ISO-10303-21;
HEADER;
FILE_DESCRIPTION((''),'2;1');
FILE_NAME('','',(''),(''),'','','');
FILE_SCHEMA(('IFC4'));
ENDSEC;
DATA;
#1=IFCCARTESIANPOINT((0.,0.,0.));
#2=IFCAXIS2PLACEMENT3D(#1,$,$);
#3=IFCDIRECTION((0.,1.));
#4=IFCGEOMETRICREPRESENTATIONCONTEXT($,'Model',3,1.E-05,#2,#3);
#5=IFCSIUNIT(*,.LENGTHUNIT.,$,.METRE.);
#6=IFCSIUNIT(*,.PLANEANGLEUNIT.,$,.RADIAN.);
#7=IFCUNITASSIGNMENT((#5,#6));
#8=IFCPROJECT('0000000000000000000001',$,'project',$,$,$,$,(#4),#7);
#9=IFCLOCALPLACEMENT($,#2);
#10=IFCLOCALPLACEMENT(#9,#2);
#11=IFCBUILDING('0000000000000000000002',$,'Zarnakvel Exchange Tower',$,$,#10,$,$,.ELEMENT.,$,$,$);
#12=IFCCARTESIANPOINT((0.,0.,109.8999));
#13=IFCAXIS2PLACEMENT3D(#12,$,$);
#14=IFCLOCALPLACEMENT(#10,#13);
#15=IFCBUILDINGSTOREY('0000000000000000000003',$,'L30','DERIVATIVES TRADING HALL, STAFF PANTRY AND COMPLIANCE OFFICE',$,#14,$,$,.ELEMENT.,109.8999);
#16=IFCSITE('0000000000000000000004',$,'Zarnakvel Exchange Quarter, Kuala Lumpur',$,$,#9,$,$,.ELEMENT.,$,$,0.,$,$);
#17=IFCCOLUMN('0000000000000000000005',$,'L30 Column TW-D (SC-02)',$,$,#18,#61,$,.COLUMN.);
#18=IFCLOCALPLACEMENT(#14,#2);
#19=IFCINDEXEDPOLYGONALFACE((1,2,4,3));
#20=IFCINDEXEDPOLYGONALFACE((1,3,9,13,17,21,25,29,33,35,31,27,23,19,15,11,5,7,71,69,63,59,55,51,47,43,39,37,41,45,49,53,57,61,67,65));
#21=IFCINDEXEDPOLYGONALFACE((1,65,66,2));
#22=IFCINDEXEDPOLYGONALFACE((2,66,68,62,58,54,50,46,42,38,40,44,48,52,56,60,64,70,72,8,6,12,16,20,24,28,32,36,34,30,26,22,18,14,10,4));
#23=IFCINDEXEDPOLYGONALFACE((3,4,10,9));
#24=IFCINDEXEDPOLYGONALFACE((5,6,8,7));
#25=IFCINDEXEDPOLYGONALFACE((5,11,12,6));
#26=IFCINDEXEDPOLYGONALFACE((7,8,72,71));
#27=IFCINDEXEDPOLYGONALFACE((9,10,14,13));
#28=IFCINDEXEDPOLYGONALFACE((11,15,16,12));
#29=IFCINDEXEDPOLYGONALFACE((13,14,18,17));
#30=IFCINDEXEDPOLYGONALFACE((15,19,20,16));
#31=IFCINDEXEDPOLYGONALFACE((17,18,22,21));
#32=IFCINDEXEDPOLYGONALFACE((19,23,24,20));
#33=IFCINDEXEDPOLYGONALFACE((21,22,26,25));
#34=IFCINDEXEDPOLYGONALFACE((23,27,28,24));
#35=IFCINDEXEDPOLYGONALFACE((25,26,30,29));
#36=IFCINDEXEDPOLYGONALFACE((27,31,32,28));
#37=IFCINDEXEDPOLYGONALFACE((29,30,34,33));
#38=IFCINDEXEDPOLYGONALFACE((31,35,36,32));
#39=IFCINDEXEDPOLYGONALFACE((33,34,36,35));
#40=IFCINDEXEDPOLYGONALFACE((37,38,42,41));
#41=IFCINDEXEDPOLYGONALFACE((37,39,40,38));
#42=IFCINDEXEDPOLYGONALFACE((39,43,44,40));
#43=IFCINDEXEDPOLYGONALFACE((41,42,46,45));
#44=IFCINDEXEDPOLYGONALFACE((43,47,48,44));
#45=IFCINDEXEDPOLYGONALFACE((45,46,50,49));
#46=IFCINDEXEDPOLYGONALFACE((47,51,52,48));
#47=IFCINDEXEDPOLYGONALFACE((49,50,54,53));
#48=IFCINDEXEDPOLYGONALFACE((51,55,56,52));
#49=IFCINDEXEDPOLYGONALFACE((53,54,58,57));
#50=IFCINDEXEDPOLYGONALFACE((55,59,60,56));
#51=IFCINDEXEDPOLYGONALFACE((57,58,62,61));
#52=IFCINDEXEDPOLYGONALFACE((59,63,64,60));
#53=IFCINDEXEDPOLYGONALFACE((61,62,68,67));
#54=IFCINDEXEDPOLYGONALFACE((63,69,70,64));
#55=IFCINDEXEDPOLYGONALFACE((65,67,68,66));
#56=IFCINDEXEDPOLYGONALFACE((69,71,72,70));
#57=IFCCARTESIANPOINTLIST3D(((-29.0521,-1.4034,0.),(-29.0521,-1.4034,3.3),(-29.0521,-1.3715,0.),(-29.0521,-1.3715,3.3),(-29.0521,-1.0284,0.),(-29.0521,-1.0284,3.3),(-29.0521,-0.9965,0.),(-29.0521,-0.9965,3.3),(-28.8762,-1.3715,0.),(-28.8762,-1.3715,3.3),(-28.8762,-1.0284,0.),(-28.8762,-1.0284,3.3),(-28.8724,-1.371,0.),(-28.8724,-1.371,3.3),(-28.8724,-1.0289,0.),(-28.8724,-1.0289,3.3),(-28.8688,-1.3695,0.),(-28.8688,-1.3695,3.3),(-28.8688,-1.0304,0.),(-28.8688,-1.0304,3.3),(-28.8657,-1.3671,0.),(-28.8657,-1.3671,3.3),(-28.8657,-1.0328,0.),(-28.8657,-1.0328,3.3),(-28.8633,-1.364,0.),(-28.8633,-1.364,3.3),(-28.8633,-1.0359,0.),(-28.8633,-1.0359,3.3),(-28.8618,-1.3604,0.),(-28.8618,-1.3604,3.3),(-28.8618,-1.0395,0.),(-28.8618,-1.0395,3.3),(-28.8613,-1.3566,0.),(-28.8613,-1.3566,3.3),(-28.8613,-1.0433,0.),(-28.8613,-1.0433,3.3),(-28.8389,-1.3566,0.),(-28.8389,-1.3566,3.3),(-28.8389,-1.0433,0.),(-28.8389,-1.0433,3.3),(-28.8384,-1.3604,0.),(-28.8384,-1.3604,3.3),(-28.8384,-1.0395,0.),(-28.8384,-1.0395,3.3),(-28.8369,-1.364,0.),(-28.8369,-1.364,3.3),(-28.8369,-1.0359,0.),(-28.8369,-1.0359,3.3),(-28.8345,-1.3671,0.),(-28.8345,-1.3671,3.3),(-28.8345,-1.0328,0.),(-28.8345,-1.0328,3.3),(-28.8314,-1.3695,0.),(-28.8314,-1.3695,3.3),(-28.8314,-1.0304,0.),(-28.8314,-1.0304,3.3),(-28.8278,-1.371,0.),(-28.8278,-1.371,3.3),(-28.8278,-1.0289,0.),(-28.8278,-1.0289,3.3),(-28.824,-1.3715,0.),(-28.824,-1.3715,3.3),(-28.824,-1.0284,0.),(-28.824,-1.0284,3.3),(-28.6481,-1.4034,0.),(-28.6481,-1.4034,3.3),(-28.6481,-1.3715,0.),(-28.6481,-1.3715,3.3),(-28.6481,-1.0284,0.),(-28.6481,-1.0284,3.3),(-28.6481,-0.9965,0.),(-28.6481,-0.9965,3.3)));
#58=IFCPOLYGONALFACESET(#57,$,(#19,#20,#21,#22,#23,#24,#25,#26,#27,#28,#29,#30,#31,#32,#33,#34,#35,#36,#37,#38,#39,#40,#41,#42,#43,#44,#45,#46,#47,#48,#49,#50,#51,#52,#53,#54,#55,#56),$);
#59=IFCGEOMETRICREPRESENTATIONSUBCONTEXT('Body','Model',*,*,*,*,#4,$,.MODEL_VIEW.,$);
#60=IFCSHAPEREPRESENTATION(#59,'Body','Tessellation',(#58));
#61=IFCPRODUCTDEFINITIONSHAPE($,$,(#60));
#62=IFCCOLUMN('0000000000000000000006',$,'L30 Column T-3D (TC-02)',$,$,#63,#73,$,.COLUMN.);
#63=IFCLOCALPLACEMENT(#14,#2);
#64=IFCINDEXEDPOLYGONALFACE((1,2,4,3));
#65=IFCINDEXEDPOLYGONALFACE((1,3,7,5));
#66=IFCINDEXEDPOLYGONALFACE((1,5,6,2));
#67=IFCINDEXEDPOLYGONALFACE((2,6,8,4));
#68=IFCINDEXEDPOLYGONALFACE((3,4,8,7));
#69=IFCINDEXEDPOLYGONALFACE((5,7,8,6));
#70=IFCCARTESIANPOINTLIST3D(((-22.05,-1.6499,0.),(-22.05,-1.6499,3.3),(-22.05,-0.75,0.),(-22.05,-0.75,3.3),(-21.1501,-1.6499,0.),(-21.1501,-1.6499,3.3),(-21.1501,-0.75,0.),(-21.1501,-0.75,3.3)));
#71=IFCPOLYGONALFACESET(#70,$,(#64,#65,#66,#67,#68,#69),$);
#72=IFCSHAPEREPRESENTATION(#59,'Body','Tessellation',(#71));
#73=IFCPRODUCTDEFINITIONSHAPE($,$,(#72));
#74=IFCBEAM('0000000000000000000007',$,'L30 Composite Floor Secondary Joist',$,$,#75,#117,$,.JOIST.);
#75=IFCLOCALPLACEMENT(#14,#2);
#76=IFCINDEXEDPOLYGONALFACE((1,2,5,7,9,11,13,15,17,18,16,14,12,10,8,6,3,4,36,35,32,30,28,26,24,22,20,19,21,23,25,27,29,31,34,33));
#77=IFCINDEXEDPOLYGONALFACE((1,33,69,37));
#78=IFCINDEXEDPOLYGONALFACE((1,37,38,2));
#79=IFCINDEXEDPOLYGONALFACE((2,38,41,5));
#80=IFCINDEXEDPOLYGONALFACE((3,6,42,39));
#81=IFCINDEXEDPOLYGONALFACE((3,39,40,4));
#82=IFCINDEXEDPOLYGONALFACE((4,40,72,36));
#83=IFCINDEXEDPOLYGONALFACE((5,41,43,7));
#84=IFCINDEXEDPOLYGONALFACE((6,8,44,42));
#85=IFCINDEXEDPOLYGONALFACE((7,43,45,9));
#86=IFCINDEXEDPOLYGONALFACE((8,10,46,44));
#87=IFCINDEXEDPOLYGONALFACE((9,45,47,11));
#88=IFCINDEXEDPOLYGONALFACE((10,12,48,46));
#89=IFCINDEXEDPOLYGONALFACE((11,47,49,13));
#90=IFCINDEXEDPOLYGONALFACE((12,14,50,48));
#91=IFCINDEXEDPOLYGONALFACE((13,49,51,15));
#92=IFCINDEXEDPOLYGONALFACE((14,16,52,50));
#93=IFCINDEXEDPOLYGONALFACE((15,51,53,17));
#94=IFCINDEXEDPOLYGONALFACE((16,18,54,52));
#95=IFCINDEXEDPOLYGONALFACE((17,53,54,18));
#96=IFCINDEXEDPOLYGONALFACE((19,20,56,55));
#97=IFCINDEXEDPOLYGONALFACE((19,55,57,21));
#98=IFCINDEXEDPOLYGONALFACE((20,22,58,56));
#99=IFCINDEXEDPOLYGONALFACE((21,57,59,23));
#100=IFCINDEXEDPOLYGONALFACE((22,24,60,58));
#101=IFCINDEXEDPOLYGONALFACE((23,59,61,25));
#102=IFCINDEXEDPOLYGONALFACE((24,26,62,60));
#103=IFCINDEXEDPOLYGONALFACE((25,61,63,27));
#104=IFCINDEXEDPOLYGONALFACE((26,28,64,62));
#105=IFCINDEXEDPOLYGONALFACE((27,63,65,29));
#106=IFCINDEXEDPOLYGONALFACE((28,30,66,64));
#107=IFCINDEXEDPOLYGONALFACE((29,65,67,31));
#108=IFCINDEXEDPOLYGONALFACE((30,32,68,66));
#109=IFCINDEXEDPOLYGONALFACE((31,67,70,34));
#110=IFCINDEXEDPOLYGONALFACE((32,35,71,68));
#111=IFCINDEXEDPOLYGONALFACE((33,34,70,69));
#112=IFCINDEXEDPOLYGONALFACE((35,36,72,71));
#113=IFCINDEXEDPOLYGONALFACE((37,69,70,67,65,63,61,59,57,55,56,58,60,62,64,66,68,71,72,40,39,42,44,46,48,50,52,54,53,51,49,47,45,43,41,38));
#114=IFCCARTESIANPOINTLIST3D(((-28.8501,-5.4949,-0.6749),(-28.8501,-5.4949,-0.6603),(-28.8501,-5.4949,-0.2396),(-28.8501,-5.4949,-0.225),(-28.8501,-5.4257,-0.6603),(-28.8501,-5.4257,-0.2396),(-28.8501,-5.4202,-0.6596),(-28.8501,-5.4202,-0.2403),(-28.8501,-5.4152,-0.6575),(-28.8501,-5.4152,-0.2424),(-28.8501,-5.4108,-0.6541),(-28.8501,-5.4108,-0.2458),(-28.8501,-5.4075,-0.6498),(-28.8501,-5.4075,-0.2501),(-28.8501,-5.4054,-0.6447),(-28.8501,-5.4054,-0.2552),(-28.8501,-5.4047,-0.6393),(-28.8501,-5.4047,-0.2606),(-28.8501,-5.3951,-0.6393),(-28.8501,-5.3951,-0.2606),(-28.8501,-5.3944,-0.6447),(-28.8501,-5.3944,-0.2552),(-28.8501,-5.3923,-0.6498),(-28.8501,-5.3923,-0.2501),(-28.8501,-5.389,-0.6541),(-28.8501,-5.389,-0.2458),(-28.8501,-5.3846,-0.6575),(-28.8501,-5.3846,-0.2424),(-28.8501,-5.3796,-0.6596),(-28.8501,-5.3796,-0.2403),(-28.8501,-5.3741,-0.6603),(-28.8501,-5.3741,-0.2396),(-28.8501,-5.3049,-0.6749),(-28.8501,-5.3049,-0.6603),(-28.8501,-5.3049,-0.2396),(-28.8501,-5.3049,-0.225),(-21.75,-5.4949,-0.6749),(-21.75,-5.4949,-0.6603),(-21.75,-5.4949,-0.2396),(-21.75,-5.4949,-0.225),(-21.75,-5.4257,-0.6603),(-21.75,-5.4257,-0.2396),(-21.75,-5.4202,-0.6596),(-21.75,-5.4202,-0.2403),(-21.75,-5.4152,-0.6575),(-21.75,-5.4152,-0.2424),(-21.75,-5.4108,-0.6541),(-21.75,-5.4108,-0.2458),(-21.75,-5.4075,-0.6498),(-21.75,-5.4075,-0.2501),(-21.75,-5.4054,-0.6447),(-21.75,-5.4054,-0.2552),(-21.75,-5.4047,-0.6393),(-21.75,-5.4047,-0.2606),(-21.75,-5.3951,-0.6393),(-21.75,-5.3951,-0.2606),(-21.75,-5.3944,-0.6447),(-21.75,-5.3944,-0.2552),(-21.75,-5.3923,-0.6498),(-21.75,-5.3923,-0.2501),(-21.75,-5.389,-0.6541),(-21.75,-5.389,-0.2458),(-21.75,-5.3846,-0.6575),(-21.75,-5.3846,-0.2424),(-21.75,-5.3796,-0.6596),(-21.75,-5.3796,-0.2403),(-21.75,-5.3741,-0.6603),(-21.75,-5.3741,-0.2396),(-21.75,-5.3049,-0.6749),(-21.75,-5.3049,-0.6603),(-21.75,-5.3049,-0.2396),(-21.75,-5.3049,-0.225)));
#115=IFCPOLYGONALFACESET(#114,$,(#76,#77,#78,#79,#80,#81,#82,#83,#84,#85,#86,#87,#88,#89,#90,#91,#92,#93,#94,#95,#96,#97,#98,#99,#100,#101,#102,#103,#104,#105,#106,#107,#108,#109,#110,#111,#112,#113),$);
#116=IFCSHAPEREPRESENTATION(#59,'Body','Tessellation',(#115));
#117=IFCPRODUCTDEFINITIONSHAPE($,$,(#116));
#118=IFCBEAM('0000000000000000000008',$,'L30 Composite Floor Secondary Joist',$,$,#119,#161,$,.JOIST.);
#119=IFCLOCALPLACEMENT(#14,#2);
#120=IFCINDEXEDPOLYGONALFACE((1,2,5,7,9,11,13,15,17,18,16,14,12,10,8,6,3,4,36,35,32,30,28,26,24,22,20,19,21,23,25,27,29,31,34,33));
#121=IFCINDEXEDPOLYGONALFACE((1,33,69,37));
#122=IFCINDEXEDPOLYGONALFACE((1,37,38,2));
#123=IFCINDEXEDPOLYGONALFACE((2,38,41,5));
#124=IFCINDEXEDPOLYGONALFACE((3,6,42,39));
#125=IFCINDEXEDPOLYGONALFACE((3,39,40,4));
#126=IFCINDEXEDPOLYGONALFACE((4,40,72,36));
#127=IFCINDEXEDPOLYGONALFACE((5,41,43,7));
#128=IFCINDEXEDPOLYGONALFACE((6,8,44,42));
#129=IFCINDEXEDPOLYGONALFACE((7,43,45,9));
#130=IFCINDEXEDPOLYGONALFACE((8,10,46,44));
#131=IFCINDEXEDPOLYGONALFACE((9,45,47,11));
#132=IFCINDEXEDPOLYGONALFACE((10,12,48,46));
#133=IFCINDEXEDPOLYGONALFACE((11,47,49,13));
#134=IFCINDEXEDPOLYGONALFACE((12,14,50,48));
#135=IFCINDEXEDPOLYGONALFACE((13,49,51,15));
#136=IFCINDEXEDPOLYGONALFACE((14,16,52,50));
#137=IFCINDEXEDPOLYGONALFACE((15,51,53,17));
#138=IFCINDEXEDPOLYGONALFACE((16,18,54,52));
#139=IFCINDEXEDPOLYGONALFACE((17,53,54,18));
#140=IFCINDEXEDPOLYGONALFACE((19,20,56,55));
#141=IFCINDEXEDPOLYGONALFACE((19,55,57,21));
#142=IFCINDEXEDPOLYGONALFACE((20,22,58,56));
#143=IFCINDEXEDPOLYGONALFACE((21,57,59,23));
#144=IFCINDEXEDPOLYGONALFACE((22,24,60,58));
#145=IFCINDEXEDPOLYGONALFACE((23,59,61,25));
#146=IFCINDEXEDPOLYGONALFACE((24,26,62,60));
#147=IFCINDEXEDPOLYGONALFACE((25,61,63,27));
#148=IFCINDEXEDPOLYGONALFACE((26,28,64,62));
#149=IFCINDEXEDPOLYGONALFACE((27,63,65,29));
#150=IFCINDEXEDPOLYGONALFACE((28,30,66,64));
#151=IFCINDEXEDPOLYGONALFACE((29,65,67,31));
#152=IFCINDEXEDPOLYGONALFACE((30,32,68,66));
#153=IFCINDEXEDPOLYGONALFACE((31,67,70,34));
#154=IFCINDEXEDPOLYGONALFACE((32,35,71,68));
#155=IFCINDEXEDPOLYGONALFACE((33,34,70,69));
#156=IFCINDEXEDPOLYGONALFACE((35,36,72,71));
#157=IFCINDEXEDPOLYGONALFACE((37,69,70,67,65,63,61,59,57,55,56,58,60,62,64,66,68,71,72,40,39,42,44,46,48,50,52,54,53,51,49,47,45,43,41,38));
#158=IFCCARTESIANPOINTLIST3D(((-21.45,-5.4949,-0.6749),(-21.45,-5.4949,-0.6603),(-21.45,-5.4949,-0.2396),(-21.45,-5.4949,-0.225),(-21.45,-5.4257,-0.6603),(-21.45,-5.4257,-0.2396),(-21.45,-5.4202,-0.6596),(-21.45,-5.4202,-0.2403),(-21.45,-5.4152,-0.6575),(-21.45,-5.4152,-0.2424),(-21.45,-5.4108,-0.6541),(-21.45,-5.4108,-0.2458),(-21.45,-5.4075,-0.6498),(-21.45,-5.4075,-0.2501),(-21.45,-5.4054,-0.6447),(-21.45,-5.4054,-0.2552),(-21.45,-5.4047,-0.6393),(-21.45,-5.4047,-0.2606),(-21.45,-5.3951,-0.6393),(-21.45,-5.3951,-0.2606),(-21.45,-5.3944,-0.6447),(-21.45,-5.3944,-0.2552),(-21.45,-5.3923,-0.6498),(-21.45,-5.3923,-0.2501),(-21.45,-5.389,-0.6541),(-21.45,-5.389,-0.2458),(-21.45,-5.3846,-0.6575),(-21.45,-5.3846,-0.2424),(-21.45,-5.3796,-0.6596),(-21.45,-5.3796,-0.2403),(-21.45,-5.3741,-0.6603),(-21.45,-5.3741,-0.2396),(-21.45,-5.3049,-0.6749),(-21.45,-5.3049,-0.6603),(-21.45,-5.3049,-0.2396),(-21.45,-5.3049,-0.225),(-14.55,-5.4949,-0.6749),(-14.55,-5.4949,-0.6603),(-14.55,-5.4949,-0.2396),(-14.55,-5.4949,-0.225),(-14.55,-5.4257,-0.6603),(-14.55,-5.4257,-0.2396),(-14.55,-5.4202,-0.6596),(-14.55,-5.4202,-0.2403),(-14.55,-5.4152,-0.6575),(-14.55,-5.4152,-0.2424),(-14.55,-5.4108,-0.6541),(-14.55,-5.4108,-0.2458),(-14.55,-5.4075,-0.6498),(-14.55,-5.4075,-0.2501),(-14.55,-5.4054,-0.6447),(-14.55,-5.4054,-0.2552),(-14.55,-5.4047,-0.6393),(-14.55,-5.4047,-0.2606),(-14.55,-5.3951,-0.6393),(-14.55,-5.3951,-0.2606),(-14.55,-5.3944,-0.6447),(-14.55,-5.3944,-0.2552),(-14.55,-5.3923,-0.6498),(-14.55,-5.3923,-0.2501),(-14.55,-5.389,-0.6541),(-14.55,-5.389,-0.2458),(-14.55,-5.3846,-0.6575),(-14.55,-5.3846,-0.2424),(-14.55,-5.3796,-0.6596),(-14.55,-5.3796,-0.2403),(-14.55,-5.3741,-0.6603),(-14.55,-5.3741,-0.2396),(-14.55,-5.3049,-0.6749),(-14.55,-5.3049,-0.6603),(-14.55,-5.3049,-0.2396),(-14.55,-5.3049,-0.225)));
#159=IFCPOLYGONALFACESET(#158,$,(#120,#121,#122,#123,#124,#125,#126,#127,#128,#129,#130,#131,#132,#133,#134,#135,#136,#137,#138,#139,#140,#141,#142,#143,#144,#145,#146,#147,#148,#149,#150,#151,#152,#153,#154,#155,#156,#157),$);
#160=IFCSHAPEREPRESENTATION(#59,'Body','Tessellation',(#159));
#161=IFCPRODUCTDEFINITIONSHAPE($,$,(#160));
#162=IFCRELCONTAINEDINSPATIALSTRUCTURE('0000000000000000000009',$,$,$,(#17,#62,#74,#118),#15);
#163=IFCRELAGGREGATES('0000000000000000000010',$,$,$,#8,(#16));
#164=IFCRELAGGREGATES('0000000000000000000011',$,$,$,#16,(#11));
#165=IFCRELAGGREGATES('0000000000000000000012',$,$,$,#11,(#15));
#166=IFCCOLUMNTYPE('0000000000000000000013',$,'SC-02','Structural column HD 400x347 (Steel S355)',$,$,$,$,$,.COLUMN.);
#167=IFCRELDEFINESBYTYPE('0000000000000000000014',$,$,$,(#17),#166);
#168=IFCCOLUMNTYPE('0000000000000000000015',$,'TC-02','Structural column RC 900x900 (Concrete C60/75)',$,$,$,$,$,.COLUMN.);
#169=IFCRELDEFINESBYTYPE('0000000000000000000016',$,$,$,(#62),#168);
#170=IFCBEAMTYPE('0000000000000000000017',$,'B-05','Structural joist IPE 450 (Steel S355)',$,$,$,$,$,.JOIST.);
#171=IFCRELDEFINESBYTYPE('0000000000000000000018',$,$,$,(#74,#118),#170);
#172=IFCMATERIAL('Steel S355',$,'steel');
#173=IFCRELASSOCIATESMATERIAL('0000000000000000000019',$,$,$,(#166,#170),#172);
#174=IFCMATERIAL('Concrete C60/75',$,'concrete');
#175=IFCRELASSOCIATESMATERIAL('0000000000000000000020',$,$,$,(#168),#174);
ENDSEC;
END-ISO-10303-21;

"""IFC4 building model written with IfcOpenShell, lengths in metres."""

from ifc_helpers import new_model, si_unit, direction, frame, origin, origin_2d, place, context, subcontext, project, spatial, rectangle, i_section, extrude, material, material_profile, profile_set, type_object, element, save


model = new_model("IFC4")

# Units and contexts
model_context = context("Model", 3, precision=1e-05, world=origin(), true_north=direction((0.0, 1.0)))
body_context = subcontext(model_context, "Body", "Model", "MODEL_VIEW")
ifc_project = project(units=[si_unit("LENGTHUNIT", "METRE"), si_unit("PLANEANGLEUNIT", "RADIAN")], contexts=[model_context])

# Site, building, storey
site_placement = place(None, origin())
site = spatial("IfcSite", under=ifc_project, at=site_placement, Name="Zarnakvel Exchange Quarter, Kuala Lumpur", CompositionType="ELEMENT", RefElevation=0.0)
building_placement = place(site_placement, origin())
building = spatial("IfcBuilding", under=site, at=building_placement, Name="Zarnakvel Exchange Tower", CompositionType="ELEMENT")
storey_placement = place(building_placement, frame((0.0, 0.0, 109.8999)))
storey = spatial("IfcBuildingStorey", under=building, at=storey_placement, Name="L30", Description="DERIVATIVES TRADING HALL, STAFF PANTRY AND COMPLIANCE OFFICE", CompositionType="ELEMENT", Elevation=109.8999)

# Columns
ifc_material_1 = material(Name="Steel S355", Category="steel")
ifc_material_profile_1 = material_profile(ifc_material_1, i_section(OverallWidth=0.4041, OverallDepth=0.407, WebThickness=0.0225, FlangeThickness=0.032, FilletRadius=0.0149, at=origin_2d()))
ifc_profile_set_1 = profile_set([ifc_material_profile_1], Name="Steel S355")
column_type_1 = type_object("IfcColumnType", Name="SC-02", Description="Structural column HD 400x347 (Steel S355)", PredefinedType="COLUMN", material=ifc_profile_set_1)
column_1_placement = place(storey_placement, frame((-28.8501, -1.2, 0.0), z_axis=(0.0, 0.0, 1.0), x_axis=(1.0, 0.0, 0.0)))
element("IfcColumn", 1, at=column_1_placement, inside=storey, type_object=column_type_1, Name="L30 Column TW-D (SC-02)", PredefinedType="COLUMN", context=body_context, shape_type="SweptSolid", body=[
    extrude(i_section(OverallWidth=0.4041, OverallDepth=0.407, WebThickness=0.0225, FlangeThickness=0.032, FilletRadius=0.0149, at=origin_2d()), origin(), (0.0, 0.0, 1.0), 3.3),
])
ifc_material_2 = material(Name="Concrete C60/75", Category="concrete")
ifc_material_profile_2 = material_profile(ifc_material_2, rectangle(XDim=0.8999, YDim=0.8999, at=origin_2d()))
ifc_profile_set_2 = profile_set([ifc_material_profile_2], Name="Concrete C60/75")
column_type_2 = type_object("IfcColumnType", Name="TC-02", Description="Structural column RC 900x900 (Concrete C60/75)", PredefinedType="COLUMN", material=ifc_profile_set_2)
column_2_placement = place(storey_placement, frame((-21.6001, -1.2, 0.0), z_axis=(0.0, 0.0, 1.0), x_axis=(1.0, 0.0, 0.0)))
element("IfcColumn", 2, at=column_2_placement, inside=storey, type_object=column_type_2, Name="L30 Column T-3D (TC-02)", PredefinedType="COLUMN", context=body_context, shape_type="SweptSolid", body=[
    extrude(rectangle(XDim=0.8999, YDim=0.8999, at=origin_2d()), origin(), (0.0, 0.0, 1.0), 3.3),
])

# Beams
ifc_material_profile_3 = material_profile(ifc_material_1, i_section(OverallWidth=0.1899, OverallDepth=0.45, WebThickness=0.0095, FlangeThickness=0.0146, FilletRadius=0.021, at=origin_2d()))
ifc_profile_set_3 = profile_set([ifc_material_profile_3], Name="Steel S355")
beam_type_1 = type_object("IfcBeamType", Name="B-05", Description="Structural joist IPE 450 (Steel S355)", PredefinedType="JOIST", material=ifc_profile_set_3)
beam_1_placement = place(storey_placement, frame((-28.8501, -5.3999, -0.45), z_axis=(1.0, 0.0, 0.0), x_axis=(0.0, 1.0, 0.0)))
element("IfcBeam", 3, at=beam_1_placement, inside=storey, type_object=beam_type_1, Name="L30 Composite Floor Secondary Joist", PredefinedType="JOIST", context=body_context, shape_type="SweptSolid", body=[
    extrude(i_section(OverallWidth=0.1899, OverallDepth=0.45, WebThickness=0.0095, FlangeThickness=0.0146, FilletRadius=0.021, at=origin_2d()), origin(), (0.0, 0.0, 1.0), 7.1001),
])
beam_2_placement = place(storey_placement, frame((-21.45, -5.3999, -0.45), z_axis=(1.0, 0.0, 0.0), x_axis=(0.0, 1.0, 0.0)))
element("IfcBeam", 4, at=beam_2_placement, inside=storey, type_object=beam_type_1, Name="L30 Composite Floor Secondary Joist", PredefinedType="JOIST", context=body_context, shape_type="SweptSolid", body=[
    extrude(i_section(OverallWidth=0.1899, OverallDepth=0.45, WebThickness=0.0095, FlangeThickness=0.0146, FilletRadius=0.021, at=origin_2d()), origin(), (0.0, 0.0, 1.0), 6.8999),
])

save(model, "model.ifc")
